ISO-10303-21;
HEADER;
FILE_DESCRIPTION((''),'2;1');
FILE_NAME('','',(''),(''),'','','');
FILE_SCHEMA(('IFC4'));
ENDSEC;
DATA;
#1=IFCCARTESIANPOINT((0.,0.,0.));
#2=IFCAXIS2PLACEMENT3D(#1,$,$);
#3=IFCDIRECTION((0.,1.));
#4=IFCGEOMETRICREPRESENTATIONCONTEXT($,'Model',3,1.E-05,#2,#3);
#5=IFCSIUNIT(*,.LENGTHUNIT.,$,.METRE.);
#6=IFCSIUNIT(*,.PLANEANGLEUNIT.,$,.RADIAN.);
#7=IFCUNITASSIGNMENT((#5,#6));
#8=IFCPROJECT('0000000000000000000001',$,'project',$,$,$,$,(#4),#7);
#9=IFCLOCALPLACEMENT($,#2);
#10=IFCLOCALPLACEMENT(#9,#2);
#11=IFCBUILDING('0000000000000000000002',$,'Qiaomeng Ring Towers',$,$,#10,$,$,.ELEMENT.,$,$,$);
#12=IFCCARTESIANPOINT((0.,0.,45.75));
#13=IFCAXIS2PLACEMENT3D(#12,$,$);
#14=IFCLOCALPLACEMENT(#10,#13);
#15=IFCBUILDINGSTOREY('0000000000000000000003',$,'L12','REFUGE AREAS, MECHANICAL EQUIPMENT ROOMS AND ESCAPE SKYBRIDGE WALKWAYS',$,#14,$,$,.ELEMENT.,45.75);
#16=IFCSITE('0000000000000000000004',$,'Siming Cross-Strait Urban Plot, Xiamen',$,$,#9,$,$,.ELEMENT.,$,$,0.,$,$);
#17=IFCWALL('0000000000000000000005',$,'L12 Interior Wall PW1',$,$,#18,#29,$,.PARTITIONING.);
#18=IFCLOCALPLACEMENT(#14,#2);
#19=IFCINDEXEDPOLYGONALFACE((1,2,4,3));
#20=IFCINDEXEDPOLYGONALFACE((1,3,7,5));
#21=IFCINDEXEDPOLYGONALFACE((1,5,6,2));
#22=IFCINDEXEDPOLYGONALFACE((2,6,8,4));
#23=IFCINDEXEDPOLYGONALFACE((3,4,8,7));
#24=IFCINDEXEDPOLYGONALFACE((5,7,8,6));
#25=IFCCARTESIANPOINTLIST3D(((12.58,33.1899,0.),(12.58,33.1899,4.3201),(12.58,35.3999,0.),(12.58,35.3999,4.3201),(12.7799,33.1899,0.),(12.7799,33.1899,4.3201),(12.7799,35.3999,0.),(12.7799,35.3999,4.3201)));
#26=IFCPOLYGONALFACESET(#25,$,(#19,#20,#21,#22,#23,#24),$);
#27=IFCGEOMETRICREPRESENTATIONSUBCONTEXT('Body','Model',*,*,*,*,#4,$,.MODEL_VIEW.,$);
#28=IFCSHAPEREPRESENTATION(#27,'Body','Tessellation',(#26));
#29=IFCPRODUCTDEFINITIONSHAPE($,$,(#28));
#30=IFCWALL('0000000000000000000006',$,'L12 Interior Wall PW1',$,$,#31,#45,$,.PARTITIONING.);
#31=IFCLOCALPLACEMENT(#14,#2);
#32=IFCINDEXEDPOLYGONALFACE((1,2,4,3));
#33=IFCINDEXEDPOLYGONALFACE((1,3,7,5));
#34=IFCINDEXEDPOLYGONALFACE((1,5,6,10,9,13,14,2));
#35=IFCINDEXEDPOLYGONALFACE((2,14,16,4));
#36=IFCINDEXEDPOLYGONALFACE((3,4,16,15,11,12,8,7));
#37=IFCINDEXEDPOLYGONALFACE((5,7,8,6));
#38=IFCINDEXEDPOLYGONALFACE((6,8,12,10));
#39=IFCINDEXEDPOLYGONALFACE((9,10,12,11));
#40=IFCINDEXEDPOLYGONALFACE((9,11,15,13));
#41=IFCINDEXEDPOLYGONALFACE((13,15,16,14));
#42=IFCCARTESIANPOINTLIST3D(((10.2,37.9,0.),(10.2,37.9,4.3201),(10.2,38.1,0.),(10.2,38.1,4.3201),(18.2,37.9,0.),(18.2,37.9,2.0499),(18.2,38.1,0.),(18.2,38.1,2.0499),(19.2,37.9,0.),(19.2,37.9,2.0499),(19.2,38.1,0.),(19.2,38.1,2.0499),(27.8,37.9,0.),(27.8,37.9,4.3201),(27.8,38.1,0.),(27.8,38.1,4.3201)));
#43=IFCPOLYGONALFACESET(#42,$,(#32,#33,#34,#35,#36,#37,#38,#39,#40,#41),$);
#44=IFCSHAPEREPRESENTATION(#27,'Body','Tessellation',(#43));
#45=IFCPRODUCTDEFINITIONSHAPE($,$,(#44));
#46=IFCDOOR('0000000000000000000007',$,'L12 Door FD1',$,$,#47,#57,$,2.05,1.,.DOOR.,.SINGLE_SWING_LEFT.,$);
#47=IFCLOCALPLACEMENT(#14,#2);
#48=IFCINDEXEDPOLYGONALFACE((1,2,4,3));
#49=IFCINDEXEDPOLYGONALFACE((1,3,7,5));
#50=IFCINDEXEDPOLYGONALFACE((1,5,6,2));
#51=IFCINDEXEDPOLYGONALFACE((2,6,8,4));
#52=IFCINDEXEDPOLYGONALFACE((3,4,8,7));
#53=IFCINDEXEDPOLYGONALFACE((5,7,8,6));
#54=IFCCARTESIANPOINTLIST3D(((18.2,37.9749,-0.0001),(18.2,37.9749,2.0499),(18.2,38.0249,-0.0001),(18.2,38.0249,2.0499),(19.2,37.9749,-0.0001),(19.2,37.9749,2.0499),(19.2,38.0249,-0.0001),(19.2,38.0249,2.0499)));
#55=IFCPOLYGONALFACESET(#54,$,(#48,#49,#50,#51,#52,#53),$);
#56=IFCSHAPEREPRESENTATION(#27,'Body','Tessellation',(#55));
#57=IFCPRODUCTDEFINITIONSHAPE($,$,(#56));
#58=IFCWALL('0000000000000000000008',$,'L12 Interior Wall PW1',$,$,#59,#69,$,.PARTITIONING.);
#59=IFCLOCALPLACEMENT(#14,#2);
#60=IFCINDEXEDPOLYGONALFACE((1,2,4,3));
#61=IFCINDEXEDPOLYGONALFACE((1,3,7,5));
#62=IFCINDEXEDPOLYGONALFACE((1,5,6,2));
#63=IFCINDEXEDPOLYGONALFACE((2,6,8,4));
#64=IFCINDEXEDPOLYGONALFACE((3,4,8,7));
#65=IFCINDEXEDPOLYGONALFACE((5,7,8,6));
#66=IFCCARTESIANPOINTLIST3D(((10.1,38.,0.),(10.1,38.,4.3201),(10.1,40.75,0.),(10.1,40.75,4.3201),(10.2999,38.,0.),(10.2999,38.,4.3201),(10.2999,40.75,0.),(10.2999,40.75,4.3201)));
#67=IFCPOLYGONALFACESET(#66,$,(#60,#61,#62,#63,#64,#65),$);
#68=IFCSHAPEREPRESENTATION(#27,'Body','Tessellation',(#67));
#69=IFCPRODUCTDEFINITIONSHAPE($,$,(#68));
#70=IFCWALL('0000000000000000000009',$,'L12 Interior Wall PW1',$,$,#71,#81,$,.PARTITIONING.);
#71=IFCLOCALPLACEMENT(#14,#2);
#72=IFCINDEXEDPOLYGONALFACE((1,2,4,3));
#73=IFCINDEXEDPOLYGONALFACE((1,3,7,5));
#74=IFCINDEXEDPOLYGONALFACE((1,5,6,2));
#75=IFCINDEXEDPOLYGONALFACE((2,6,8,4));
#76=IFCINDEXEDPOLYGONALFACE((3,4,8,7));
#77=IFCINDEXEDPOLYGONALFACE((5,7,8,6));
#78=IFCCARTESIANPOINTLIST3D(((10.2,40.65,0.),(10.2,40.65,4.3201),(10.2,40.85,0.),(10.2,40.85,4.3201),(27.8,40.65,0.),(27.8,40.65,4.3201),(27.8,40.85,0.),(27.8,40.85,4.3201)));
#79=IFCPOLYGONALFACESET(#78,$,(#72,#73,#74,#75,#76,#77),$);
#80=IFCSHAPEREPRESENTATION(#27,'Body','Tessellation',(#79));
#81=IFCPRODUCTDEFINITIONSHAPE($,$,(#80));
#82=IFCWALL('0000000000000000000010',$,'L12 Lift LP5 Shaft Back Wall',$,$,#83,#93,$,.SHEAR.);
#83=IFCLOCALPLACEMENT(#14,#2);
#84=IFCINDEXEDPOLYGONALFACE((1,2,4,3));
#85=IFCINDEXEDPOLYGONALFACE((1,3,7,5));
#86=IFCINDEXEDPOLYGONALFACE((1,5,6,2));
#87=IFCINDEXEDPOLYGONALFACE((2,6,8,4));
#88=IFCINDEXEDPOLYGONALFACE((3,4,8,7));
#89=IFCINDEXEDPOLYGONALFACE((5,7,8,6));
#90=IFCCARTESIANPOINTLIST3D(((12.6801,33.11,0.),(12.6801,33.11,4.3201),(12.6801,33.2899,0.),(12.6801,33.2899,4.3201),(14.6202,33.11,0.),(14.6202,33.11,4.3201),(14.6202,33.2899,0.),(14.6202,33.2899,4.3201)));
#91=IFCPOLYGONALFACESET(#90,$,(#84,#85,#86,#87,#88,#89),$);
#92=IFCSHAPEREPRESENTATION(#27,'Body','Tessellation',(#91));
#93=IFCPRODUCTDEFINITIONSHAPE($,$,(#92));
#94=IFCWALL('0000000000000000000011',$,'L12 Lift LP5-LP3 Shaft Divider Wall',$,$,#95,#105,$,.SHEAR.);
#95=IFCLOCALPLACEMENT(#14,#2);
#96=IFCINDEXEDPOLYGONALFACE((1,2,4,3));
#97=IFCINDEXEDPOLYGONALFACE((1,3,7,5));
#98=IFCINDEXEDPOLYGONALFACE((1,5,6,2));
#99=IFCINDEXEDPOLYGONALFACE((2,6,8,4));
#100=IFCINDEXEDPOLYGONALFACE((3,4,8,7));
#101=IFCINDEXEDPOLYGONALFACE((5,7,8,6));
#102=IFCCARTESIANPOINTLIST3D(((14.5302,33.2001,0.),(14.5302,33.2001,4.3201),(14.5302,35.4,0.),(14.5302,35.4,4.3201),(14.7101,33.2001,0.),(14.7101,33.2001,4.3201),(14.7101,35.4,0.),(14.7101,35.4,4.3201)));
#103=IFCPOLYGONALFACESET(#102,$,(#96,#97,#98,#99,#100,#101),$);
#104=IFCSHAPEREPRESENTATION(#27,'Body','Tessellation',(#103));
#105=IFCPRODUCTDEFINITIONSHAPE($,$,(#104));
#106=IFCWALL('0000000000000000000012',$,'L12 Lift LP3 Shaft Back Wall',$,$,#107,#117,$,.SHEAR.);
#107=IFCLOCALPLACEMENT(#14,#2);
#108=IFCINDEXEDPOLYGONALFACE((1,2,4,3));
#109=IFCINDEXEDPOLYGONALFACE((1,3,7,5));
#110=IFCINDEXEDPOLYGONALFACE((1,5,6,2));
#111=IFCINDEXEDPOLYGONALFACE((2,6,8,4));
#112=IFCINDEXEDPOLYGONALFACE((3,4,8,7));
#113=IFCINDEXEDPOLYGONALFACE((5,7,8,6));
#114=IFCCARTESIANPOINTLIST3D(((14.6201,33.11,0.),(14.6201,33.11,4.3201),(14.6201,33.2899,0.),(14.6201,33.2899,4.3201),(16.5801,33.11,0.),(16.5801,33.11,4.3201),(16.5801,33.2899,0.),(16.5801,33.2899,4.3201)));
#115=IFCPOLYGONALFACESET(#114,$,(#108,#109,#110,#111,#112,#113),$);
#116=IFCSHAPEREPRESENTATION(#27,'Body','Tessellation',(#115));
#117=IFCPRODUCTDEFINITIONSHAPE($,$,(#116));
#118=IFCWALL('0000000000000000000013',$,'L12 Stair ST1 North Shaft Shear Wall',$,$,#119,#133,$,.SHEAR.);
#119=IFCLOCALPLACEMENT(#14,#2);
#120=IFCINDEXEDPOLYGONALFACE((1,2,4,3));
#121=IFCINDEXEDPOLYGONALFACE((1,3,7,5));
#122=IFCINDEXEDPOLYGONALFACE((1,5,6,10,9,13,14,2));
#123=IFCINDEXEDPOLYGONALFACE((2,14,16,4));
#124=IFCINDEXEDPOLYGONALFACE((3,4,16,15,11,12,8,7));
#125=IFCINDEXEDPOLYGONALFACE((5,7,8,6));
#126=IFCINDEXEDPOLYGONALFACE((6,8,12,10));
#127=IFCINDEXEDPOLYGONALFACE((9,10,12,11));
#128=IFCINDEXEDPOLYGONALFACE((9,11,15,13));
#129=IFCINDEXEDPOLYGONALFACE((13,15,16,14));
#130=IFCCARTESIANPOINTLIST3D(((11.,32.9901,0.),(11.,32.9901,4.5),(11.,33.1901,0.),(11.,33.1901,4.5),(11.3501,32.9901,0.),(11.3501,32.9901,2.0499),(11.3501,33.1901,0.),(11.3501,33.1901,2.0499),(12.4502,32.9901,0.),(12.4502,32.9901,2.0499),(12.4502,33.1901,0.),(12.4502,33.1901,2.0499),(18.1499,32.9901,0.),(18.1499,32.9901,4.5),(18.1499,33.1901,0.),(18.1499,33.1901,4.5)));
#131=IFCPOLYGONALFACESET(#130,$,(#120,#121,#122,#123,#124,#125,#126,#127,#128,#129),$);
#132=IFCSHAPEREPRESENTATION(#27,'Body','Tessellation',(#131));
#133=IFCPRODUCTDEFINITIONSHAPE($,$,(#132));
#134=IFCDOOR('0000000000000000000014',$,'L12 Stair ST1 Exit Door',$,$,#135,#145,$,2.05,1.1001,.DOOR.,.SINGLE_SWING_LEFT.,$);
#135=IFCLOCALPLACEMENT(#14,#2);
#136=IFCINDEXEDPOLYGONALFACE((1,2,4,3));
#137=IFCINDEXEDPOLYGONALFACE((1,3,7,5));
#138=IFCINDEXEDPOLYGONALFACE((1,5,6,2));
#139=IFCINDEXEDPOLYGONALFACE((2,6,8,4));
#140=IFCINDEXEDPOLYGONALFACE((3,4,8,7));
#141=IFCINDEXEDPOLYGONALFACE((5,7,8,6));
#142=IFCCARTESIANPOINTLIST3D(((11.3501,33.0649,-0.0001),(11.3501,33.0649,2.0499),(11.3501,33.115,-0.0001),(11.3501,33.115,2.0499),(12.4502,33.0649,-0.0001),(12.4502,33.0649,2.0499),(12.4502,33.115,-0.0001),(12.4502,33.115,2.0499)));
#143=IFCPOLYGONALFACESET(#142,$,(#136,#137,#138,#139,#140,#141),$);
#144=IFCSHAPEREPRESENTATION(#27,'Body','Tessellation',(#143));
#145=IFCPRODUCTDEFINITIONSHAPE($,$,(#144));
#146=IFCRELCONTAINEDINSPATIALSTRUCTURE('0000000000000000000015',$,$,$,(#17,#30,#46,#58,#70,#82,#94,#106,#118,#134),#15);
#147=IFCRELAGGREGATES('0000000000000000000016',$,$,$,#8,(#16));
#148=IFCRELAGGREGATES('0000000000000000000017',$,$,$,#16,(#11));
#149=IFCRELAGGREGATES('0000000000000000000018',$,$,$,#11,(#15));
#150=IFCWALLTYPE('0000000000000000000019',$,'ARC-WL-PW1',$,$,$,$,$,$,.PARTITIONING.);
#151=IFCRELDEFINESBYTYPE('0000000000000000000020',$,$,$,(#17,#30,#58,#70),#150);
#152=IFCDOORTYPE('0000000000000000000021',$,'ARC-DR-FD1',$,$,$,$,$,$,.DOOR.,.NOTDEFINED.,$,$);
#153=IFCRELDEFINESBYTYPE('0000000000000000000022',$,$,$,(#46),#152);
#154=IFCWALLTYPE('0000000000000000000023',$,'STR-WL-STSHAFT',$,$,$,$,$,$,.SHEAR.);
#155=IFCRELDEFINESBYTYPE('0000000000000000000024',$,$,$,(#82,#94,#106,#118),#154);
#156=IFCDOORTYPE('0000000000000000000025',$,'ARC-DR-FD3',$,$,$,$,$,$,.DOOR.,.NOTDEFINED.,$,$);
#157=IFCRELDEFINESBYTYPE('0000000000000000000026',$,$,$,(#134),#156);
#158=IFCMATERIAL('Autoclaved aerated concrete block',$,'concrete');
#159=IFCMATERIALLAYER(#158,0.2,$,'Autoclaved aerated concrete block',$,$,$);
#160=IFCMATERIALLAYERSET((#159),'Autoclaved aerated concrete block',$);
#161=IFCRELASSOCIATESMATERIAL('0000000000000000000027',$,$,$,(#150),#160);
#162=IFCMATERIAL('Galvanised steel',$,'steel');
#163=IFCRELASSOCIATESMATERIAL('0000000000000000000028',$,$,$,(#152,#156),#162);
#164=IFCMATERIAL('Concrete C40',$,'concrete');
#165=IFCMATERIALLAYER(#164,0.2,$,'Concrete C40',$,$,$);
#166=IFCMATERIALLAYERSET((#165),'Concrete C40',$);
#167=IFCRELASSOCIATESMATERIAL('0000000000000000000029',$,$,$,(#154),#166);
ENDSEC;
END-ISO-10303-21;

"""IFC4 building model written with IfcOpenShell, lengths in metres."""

from ifc_helpers import new_model, si_unit, direction, frame, frame_2d, origin, place, context, subcontext, project, spatial, rectangle, extrude, source, transform, mapped, material, layer, layer_set, type_object, element, fill, save


model = new_model("IFC4")

# Units and contexts
model_context = context("Model", 3, precision=1e-05, world=origin(), true_north=direction((0.0, 1.0)))
body_context = subcontext(model_context, "Body", "Model", "MODEL_VIEW")
ifc_project = project(units=[si_unit("LENGTHUNIT", "METRE"), si_unit("PLANEANGLEUNIT", "RADIAN")], contexts=[model_context])

# Site, building, storey
site_placement = place(None, origin())
site = spatial("IfcSite", under=ifc_project, at=site_placement, Name="Siming Cross-Strait Urban Plot, Xiamen", CompositionType="ELEMENT", RefElevation=0.0)
building_placement = place(site_placement, origin())
building = spatial("IfcBuilding", under=site, at=building_placement, Name="Qiaomeng Ring Towers", CompositionType="ELEMENT")
storey_placement = place(building_placement, frame((0.0, 0.0, 45.75)))
storey = spatial("IfcBuildingStorey", under=building, at=storey_placement, Name="L12", Description="REFUGE AREAS, MECHANICAL EQUIPMENT ROOMS AND ESCAPE SKYBRIDGE WALKWAYS", CompositionType="ELEMENT", Elevation=45.75)

# Wall
ifc_material_1 = material(Name="Autoclaved aerated concrete block", Category="concrete")
ifc_layer_1 = layer(ifc_material_1, 0.2, Name="Autoclaved aerated concrete block")
ifc_layer_set_1 = layer_set([ifc_layer_1], Name="Autoclaved aerated concrete block")
wall_type_1 = type_object("IfcWallType", Name="ARC-WL-PW1", PredefinedType="PARTITIONING", material=ifc_layer_set_1)
wall_1_placement = place(storey_placement, frame((12.6799, 33.1899, 0.0), z_axis=(0.0, 0.0, 1.0), x_axis=(0.0, 1.0, 0.0)))
element("IfcWall", 1, at=wall_1_placement, inside=storey, type_object=wall_type_1, Name="L12 Interior Wall PW1", PredefinedType="PARTITIONING", context=body_context, shape_type="SweptSolid", body=[
    extrude(rectangle(XDim=2.21, YDim=0.2, at=frame_2d((1.105, 0.0))), origin(), (0.0, 0.0, 1.0), 4.3201),
])

# Wall, opening, door
wall_2_placement = place(storey_placement, frame((10.2, 38.0, 0.0), z_axis=(0.0, 0.0, 1.0), x_axis=(1.0, 0.0, 0.0)))
wall_2 = element("IfcWall", 2, at=wall_2_placement, inside=storey, type_object=wall_type_1, Name="L12 Interior Wall PW1", PredefinedType="PARTITIONING", context=body_context, shape_type="SweptSolid", body=[
    extrude(rectangle(XDim=17.6001, YDim=0.2, at=frame_2d((8.8, 0.0))), origin(), (0.0, 0.0, 1.0), 4.3201),
])
opening_1_placement = place(wall_2_placement, frame((8.0, 0.0, 0.0)))
opening_1 = element("IfcOpeningElement", 3, at=opening_1_placement, cuts=wall_2, PredefinedType="OPENING", context=body_context, shape_type="SweptSolid", body=[
    extrude(rectangle(XDim=1.0, YDim=2.05, at=frame_2d((0.5, 1.0249))), frame((0.0, 0.1099, 0.0), z_axis=(0.0, -1.0, 0.0), x_axis=(1.0, 0.0, 0.0)), (0.0, 0.0, 1.0), 0.22),
])
ifc_material_2 = material(Name="Galvanised steel", Category="steel")
door_type_1 = type_object("IfcDoorType", Name="ARC-DR-FD1", OperationType="NOTDEFINED", PredefinedType="DOOR", material=ifc_material_2)
shared_shape_1 = source(origin(), body_context, "Body", "SweptSolid", [
    extrude(rectangle(XDim=1.0, YDim=2.05, at=frame_2d((0.5, 1.0249))), frame((0.0, 0.0249, 0.0), z_axis=(0.0, -1.0, 0.0), x_axis=(1.0, 0.0, 0.0)), (0.0, 0.0, 1.0), 0.05),
])
door_1_placement = place(opening_1_placement, origin())
door_1 = element("IfcDoor", 4, at=door_1_placement, inside=storey, type_object=door_type_1, Name="L12 Door FD1", OperationType="SINGLE_SWING_LEFT", OverallHeight=2.05, OverallWidth=1.0, PredefinedType="DOOR", context=body_context, shape_type="MappedRepresentation", body=[
    mapped(shared_shape_1, transform((0.0, 0.0, 0.0), x_axis=(1.0, 0.0, 0.0), y_axis=(0.0, 1.0, 0.0), z_axis=(0.0, 0.0, 1.0), scale=1.0)),
])
fill(opening_1, door_1)

# Walls
wall_3_placement = place(storey_placement, frame((10.2, 38.0, 0.0), z_axis=(0.0, 0.0, 1.0), x_axis=(0.0, 1.0, 0.0)))
element("IfcWall", 5, at=wall_3_placement, inside=storey, type_object=wall_type_1, Name="L12 Interior Wall PW1", PredefinedType="PARTITIONING", context=body_context, shape_type="SweptSolid", body=[
    extrude(rectangle(XDim=2.75, YDim=0.2, at=frame_2d((1.375, 0.0))), origin(), (0.0, 0.0, 1.0), 4.3201),
])
wall_4_placement = place(storey_placement, frame((10.2, 40.75, 0.0), z_axis=(0.0, 0.0, 1.0), x_axis=(1.0, 0.0, 0.0)))
element("IfcWall", 6, at=wall_4_placement, inside=storey, type_object=wall_type_1, Name="L12 Interior Wall PW1", PredefinedType="PARTITIONING", context=body_context, shape_type="SweptSolid", body=[
    extrude(rectangle(XDim=17.6001, YDim=0.2, at=frame_2d((8.8, 0.0))), origin(), (0.0, 0.0, 1.0), 4.3201),
])
ifc_material_3 = material(Name="Concrete C40", Category="concrete")
ifc_layer_2 = layer(ifc_material_3, 0.2, Name="Concrete C40")
ifc_layer_set_2 = layer_set([ifc_layer_2], Name="Concrete C40")
wall_type_2 = type_object("IfcWallType", Name="STR-WL-STSHAFT", PredefinedType="SHEAR", material=ifc_layer_set_2)
wall_5_placement = place(storey_placement, frame((12.6799, 33.2, 0.0), z_axis=(0.0, 0.0, 1.0), x_axis=(1.0, 0.0, 0.0)))
element("IfcWall", 7, at=wall_5_placement, inside=storey, type_object=wall_type_2, Name="L12 Lift LP5 Shaft Back Wall", PredefinedType="SHEAR", context=body_context, shape_type="SweptSolid", body=[
    extrude(rectangle(XDim=1.9402, YDim=0.1799, at=frame_2d((0.9702, 0.0))), origin(), (0.0, 0.0, 1.0), 4.3201),
])
wall_6_placement = place(storey_placement, frame((14.6201, 33.2, 0.0), z_axis=(0.0, 0.0, 1.0), x_axis=(0.0, 1.0, 0.0)))
element("IfcWall", 8, at=wall_6_placement, inside=storey, type_object=wall_type_2, Name="L12 Lift LP5-LP3 Shaft Divider Wall", PredefinedType="SHEAR", context=body_context, shape_type="SweptSolid", body=[
    extrude(rectangle(XDim=2.2, YDim=0.1799, at=frame_2d((1.1001, 0.0))), origin(), (0.0, 0.0, 1.0), 4.3201),
])
wall_7_placement = place(storey_placement, frame((14.6201, 33.2, 0.0), z_axis=(0.0, 0.0, 1.0), x_axis=(1.0, 0.0, 0.0)))
element("IfcWall", 9, at=wall_7_placement, inside=storey, type_object=wall_type_2, Name="L12 Lift LP3 Shaft Back Wall", PredefinedType="SHEAR", context=body_context, shape_type="SweptSolid", body=[
    extrude(rectangle(XDim=1.96, YDim=0.1799, at=frame_2d((0.98, 0.0))), origin(), (0.0, 0.0, 1.0), 4.3201),
])

# Wall, opening, door
wall_8_placement = place(storey_placement, frame((11.0, 33.0901, 0.0), z_axis=(0.0, 0.0, 1.0), x_axis=(1.0, 0.0, 0.0)))
wall_8 = element("IfcWall", 10, at=wall_8_placement, inside=storey, type_object=wall_type_2, Name="L12 Stair ST1 North Shaft Shear Wall", PredefinedType="SHEAR", context=body_context, shape_type="SweptSolid", body=[
    extrude(rectangle(XDim=7.1499, YDim=0.2, at=frame_2d((3.575, 0.0))), origin(), (0.0, 0.0, 1.0), 4.5),
])
opening_2_placement = place(wall_8_placement, frame((0.3501, 0.0, 0.0)))
opening_2 = element("IfcOpeningElement", 11, at=opening_2_placement, cuts=wall_8, PredefinedType="OPENING", context=body_context, shape_type="SweptSolid", body=[
    extrude(rectangle(XDim=1.1001, YDim=2.05, at=frame_2d((0.55, 1.0249))), frame((0.0, 0.1099, 0.0), z_axis=(0.0, -1.0, 0.0), x_axis=(1.0, 0.0, 0.0)), (0.0, 0.0, 1.0), 0.22),
])
door_type_2 = type_object("IfcDoorType", Name="ARC-DR-FD3", OperationType="NOTDEFINED", PredefinedType="DOOR", material=ifc_material_2)
shared_shape_2 = source(origin(), body_context, "Body", "SweptSolid", [
    extrude(rectangle(XDim=1.1001, YDim=2.05, at=frame_2d((0.55, 1.0249))), frame((0.0, 0.0249, 0.0), z_axis=(0.0, -1.0, 0.0), x_axis=(1.0, 0.0, 0.0)), (0.0, 0.0, 1.0), 0.05),
])
door_2_placement = place(opening_2_placement, origin())
door_2 = element("IfcDoor", 12, at=door_2_placement, inside=storey, type_object=door_type_2, Name="L12 Stair ST1 Exit Door", OperationType="SINGLE_SWING_LEFT", OverallHeight=2.05, OverallWidth=1.1001, PredefinedType="DOOR", context=body_context, shape_type="MappedRepresentation", body=[
    mapped(shared_shape_2, transform((0.0, 0.0, 0.0), x_axis=(1.0, 0.0, 0.0), y_axis=(0.0, 1.0, 0.0), z_axis=(0.0, 0.0, 1.0), scale=1.0)),
])
fill(opening_2, door_2)

save(model, "model.ifc")
